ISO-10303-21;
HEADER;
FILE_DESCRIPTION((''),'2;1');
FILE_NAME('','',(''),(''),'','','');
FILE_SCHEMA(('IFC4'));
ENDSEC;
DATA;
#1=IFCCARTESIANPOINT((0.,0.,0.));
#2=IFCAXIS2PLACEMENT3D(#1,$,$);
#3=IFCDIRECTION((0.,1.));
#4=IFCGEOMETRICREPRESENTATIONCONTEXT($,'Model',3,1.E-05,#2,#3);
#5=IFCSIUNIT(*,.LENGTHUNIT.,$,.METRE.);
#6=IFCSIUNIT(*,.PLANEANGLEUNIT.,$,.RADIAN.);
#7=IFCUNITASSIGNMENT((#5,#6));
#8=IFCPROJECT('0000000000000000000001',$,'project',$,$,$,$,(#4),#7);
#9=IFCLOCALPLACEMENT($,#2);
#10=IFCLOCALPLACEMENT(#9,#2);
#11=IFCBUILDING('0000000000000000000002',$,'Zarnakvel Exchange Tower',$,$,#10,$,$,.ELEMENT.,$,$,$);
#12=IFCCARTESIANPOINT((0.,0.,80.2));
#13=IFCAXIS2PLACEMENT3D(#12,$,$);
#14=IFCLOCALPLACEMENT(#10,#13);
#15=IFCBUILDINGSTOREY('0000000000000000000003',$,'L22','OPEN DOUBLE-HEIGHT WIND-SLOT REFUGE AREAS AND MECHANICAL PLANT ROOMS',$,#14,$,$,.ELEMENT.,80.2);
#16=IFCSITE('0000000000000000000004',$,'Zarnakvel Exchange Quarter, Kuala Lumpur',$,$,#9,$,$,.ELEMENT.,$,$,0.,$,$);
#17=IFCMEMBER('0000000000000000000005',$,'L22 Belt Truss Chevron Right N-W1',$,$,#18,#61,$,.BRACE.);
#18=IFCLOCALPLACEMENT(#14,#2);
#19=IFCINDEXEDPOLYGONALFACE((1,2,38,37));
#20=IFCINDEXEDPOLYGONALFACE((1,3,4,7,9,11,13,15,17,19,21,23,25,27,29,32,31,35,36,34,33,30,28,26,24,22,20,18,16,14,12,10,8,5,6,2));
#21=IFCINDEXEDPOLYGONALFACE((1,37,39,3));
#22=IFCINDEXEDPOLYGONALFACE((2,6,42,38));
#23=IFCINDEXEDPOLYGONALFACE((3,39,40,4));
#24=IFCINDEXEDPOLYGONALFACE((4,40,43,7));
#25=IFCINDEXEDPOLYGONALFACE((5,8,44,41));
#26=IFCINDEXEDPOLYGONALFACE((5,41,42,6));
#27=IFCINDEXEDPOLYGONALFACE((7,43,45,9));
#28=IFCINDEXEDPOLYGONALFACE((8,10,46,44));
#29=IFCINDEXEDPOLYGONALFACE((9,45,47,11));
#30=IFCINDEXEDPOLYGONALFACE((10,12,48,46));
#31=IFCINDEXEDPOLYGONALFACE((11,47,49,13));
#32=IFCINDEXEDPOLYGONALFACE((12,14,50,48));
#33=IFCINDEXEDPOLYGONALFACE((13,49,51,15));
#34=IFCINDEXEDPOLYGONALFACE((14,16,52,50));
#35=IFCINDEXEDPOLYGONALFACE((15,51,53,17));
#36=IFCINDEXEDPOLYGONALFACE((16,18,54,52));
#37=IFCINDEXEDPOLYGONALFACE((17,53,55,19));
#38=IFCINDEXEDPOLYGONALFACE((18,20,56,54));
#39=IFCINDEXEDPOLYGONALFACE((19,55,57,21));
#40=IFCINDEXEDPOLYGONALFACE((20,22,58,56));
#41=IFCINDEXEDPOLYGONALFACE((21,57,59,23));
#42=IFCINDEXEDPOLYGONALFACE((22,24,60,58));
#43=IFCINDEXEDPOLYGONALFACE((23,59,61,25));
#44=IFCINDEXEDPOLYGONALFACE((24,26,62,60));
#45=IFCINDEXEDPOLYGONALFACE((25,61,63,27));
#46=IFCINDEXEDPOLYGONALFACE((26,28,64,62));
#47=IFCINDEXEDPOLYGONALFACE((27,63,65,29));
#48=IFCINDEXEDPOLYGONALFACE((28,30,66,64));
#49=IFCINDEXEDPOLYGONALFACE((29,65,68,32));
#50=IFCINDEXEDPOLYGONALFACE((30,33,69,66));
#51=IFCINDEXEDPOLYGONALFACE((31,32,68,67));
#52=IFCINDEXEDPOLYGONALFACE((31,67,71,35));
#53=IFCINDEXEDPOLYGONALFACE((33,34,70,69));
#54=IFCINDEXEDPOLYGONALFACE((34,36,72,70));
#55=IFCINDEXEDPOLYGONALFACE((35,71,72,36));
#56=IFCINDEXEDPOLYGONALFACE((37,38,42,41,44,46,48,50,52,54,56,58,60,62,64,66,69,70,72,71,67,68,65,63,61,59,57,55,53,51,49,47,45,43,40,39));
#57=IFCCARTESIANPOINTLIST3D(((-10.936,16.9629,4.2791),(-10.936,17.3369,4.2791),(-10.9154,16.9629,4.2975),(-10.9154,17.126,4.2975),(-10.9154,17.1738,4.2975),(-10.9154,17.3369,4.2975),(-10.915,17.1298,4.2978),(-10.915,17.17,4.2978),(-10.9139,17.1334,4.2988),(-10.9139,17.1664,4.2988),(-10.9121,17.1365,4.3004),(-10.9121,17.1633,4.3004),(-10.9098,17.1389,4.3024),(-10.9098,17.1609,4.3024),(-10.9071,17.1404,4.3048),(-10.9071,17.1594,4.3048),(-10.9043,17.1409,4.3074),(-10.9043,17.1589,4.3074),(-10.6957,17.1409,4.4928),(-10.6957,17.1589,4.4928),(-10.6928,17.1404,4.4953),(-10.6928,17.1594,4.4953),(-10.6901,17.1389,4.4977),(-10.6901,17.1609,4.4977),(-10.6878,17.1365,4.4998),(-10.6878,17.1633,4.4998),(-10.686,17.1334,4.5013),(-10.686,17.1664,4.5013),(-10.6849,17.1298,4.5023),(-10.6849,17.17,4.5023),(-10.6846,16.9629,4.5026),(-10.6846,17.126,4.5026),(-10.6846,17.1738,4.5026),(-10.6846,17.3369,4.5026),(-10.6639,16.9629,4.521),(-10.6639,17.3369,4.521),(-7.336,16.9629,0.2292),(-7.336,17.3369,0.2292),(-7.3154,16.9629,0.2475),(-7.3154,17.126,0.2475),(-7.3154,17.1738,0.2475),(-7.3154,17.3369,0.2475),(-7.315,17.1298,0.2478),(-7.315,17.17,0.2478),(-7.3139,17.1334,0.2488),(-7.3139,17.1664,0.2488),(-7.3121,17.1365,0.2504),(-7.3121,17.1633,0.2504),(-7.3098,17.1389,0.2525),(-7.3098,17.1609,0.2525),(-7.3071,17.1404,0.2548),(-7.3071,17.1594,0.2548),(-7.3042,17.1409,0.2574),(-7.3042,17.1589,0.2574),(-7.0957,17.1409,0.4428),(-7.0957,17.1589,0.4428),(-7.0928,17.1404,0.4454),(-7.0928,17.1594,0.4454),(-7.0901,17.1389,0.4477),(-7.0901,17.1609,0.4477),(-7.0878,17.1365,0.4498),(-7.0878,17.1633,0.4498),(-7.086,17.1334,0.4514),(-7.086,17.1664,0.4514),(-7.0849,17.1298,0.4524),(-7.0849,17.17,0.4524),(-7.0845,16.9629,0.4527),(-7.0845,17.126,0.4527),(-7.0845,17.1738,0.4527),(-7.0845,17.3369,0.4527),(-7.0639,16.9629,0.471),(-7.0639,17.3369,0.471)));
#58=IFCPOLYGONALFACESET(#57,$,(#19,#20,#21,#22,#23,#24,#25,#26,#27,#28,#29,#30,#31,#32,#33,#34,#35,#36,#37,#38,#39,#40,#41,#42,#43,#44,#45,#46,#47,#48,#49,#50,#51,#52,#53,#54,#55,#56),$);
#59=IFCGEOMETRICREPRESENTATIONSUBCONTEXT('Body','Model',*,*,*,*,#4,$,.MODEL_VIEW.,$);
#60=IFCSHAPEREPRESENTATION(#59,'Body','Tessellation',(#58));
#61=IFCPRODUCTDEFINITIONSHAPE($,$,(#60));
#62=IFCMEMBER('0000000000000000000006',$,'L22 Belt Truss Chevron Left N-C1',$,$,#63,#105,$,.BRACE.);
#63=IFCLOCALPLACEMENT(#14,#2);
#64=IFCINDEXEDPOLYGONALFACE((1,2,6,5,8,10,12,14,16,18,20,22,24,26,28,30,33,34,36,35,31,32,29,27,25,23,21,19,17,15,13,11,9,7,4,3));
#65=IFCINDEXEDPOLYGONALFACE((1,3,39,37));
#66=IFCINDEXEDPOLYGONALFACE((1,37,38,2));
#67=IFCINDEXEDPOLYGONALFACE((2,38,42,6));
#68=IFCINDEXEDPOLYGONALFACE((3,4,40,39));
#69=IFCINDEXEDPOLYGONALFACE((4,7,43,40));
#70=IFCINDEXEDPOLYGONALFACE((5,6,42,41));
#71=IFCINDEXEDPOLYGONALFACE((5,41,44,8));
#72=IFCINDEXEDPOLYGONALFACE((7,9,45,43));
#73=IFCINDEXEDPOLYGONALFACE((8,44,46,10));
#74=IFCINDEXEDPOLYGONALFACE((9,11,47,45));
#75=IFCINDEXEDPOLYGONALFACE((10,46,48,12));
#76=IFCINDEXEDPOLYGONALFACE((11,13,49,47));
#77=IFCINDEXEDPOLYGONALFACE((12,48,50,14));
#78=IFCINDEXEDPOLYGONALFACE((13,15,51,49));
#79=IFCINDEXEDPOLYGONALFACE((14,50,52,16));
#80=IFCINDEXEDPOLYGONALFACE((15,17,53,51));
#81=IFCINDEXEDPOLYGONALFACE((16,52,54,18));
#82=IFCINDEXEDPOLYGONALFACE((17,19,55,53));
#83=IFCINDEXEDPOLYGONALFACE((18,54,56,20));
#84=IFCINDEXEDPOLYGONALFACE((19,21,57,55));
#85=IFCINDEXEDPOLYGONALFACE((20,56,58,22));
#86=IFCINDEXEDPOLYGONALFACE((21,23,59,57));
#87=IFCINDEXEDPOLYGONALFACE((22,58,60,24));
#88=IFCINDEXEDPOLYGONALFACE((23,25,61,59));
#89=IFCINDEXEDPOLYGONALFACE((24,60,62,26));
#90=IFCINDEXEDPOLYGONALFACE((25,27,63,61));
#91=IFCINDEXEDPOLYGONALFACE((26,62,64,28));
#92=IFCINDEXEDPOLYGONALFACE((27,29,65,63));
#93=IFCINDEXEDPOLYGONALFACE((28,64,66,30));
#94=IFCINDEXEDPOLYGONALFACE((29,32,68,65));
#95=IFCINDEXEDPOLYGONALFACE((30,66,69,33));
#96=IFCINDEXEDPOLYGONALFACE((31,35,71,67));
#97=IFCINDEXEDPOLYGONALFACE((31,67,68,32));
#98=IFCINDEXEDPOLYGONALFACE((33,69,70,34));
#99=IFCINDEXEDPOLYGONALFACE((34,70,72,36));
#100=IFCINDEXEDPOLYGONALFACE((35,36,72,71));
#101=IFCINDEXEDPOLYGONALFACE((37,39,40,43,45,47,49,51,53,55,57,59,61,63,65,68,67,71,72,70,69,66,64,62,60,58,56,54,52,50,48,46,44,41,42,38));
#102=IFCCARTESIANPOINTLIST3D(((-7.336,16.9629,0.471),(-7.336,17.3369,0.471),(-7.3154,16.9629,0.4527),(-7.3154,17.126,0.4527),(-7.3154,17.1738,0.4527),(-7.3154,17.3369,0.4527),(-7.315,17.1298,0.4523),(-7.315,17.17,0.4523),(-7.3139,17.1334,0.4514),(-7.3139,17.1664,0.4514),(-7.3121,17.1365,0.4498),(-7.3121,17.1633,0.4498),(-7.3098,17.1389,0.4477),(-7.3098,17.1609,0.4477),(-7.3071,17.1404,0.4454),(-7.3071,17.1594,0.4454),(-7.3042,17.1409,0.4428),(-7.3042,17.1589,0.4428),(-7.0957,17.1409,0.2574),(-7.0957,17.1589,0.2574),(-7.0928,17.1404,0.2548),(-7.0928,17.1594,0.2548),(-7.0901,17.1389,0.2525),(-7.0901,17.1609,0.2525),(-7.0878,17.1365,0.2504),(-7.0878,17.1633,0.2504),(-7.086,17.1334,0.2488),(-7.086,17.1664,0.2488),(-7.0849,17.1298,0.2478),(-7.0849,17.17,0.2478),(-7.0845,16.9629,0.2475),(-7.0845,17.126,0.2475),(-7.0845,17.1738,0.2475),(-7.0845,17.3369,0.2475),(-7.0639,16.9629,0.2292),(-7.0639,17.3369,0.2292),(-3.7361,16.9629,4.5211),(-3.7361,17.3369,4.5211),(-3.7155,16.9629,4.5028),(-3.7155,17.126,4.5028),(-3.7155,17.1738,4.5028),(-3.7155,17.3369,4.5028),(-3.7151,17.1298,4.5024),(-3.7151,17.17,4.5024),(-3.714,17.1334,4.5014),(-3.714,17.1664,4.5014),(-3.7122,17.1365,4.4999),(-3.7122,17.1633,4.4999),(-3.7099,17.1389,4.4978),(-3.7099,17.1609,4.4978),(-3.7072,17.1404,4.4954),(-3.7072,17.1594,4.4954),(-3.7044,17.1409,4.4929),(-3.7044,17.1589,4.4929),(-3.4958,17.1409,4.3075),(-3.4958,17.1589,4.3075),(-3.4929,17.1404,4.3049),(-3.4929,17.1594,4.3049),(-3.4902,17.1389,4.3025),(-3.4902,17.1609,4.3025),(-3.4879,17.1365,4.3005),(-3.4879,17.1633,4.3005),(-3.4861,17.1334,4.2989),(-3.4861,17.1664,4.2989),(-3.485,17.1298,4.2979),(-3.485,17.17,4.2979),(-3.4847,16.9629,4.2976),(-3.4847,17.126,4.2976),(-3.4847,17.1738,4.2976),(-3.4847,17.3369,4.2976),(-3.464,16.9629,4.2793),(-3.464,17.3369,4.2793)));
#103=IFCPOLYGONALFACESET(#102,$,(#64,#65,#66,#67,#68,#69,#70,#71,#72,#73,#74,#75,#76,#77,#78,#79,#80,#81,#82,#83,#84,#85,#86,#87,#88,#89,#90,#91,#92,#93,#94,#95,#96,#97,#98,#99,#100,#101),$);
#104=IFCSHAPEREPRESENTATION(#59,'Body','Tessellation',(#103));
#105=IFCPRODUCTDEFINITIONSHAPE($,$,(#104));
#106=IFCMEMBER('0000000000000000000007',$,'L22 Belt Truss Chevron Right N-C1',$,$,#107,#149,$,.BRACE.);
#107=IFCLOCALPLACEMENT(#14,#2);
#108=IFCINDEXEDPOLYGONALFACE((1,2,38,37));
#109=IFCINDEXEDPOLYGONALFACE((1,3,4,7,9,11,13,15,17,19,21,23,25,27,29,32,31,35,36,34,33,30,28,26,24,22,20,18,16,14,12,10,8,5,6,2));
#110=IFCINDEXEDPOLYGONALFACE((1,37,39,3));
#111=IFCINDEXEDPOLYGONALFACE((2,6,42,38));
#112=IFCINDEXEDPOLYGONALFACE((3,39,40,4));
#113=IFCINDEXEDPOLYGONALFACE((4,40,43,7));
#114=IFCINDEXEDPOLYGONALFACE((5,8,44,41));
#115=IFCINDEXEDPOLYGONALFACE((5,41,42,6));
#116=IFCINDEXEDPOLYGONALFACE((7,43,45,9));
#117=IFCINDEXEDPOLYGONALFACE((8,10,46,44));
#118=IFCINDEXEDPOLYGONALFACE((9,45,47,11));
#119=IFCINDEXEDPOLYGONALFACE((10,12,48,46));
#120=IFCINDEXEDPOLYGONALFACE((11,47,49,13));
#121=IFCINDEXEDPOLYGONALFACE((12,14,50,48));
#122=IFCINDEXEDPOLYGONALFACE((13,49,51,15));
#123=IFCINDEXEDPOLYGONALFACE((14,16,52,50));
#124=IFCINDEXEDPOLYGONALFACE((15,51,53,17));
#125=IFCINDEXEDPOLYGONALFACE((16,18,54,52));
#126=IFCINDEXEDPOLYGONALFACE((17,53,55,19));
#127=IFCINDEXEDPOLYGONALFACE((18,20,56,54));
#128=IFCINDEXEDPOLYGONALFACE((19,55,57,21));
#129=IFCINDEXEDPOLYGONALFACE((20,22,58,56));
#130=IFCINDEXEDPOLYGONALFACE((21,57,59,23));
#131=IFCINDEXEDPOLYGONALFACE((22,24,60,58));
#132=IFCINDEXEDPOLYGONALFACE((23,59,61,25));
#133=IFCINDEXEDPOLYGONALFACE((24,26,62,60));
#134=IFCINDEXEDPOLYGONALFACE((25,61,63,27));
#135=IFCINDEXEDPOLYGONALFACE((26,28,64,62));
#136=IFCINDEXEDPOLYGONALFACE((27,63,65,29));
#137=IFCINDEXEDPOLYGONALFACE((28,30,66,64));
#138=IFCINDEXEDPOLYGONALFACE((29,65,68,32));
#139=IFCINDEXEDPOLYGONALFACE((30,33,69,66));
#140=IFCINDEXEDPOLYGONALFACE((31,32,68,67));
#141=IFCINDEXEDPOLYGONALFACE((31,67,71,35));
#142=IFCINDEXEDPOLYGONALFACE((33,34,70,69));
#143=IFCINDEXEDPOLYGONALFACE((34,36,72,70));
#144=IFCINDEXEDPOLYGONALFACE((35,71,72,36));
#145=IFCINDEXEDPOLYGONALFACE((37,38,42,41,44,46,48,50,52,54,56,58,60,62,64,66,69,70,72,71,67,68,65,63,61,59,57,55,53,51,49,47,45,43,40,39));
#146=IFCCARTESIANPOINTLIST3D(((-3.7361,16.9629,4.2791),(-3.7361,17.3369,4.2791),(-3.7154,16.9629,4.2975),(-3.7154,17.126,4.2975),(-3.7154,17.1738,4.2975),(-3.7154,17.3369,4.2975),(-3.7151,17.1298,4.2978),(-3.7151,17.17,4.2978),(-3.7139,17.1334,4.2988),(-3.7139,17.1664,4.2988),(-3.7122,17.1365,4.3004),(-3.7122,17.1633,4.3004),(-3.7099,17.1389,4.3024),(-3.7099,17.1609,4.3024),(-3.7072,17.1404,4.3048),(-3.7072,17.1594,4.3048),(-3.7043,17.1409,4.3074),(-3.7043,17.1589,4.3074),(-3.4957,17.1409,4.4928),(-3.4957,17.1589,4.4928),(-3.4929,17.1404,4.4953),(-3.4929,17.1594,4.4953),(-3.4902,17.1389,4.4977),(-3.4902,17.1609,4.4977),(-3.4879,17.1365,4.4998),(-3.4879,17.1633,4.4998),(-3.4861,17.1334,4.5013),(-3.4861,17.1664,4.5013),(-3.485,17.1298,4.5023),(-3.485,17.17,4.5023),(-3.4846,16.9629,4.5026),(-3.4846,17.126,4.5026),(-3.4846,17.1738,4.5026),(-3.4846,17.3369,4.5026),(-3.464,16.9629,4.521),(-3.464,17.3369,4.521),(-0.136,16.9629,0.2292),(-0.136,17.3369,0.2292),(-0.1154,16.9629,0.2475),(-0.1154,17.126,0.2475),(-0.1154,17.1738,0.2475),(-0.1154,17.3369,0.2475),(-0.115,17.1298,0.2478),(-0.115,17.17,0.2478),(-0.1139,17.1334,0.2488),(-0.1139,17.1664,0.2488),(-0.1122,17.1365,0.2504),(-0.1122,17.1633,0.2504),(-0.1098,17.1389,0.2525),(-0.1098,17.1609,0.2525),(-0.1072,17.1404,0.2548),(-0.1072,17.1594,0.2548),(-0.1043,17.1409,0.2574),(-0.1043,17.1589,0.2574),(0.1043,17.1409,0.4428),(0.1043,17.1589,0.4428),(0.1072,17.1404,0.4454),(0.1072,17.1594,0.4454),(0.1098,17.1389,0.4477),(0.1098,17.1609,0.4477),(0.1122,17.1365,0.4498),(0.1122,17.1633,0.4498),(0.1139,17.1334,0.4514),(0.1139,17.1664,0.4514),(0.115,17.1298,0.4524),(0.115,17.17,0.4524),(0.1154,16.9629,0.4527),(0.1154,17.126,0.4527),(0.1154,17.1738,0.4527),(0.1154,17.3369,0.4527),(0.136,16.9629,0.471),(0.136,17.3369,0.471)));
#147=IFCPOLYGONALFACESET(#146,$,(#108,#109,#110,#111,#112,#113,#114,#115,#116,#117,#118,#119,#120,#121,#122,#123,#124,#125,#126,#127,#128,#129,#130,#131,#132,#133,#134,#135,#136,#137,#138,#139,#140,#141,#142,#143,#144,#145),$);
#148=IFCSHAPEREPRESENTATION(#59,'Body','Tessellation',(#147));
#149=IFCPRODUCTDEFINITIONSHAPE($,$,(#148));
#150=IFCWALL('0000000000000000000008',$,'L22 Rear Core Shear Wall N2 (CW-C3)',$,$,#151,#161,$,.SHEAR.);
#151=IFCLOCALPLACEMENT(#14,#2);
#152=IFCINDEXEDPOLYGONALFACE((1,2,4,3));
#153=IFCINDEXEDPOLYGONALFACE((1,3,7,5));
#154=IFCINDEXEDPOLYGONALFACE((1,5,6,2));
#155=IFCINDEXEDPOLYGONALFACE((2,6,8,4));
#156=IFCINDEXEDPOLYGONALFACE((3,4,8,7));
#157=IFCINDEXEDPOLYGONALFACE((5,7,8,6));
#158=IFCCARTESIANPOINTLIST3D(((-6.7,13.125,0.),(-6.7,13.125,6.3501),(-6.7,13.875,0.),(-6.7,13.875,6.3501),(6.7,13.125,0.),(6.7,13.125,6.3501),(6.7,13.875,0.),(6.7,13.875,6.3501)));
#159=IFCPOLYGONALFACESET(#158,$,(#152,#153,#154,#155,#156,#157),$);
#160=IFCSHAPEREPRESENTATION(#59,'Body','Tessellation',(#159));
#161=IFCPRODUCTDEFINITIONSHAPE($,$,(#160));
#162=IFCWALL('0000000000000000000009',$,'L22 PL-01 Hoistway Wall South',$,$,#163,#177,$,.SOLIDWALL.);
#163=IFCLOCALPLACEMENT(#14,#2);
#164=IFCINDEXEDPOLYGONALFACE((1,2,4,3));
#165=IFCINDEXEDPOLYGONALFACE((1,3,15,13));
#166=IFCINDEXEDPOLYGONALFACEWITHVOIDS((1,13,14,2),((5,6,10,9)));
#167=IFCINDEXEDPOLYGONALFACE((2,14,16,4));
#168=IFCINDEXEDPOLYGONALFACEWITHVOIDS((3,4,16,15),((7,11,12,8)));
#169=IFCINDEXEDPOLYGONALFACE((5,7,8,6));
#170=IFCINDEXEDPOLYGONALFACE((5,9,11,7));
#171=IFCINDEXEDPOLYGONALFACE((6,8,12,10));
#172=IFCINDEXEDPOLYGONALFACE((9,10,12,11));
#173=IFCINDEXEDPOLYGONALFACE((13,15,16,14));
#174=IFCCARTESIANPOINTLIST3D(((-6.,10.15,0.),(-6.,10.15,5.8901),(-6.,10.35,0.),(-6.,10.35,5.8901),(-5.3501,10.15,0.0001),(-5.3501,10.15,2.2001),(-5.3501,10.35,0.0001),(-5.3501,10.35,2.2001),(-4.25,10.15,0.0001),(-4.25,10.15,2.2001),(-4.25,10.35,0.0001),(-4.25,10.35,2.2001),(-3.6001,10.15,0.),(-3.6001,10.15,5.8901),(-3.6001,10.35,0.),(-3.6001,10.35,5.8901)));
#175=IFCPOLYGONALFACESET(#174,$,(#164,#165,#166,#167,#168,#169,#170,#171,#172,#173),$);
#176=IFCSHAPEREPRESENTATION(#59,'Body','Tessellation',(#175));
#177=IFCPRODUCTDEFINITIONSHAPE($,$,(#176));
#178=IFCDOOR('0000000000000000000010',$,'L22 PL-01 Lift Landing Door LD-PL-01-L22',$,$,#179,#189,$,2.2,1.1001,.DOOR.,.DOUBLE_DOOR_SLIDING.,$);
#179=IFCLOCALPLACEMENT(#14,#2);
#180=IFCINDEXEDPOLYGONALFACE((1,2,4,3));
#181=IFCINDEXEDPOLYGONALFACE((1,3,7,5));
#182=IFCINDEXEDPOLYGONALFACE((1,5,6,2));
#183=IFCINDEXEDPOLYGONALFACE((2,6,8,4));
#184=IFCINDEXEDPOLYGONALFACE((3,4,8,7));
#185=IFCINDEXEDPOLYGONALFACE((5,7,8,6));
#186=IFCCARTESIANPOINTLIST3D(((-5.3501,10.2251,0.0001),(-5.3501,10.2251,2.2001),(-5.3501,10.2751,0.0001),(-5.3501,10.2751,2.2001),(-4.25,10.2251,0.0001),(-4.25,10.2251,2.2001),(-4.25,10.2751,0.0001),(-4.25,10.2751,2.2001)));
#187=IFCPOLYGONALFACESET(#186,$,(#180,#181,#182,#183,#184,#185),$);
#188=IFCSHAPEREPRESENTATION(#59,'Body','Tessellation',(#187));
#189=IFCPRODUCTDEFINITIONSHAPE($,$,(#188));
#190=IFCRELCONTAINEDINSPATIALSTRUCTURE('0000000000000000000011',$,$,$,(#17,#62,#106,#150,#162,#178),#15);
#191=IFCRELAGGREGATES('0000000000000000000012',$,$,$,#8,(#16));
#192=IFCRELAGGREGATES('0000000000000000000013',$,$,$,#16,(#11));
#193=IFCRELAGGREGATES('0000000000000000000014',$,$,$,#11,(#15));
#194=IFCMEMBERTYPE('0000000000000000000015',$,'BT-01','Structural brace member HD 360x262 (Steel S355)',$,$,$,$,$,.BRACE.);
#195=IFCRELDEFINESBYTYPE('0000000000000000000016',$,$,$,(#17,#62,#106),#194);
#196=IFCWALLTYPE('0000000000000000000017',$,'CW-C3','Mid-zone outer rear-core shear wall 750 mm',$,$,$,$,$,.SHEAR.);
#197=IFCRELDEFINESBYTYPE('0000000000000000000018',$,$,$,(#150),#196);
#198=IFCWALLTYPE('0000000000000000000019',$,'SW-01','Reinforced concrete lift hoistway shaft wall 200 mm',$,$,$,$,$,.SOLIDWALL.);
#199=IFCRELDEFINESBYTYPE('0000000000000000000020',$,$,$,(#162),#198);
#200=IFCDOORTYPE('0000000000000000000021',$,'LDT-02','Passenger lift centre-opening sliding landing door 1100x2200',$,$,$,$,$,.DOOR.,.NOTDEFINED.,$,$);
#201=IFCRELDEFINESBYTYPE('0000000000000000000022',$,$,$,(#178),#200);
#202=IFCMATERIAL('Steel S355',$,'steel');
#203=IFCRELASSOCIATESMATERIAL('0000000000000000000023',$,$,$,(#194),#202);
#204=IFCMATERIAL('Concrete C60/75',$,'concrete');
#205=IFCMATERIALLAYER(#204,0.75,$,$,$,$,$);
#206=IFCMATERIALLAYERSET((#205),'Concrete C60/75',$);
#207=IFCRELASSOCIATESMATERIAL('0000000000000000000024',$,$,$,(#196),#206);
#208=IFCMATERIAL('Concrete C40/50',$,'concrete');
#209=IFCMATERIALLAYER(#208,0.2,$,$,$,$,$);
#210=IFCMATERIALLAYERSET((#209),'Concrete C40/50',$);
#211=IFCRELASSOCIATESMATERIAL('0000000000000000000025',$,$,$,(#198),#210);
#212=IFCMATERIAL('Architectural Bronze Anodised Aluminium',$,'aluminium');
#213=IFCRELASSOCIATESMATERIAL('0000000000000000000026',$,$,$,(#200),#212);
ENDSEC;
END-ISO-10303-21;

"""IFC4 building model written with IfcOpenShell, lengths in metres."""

from ifc_helpers import new_model, si_unit, direction, frame, frame_2d, origin, origin_2d, place, context, subcontext, project, spatial, rectangle, i_section, extrude, source, transform, mapped, material, layer, layer_set, material_profile, profile_set, type_object, element, fill, save


model = new_model("IFC4")

# Units and contexts
model_context = context("Model", 3, precision=1e-05, world=origin(), true_north=direction((0.0, 1.0)))
body_context = subcontext(model_context, "Body", "Model", "MODEL_VIEW")
ifc_project = project(units=[si_unit("LENGTHUNIT", "METRE"), si_unit("PLANEANGLEUNIT", "RADIAN")], contexts=[model_context])

# Site, building, storey
site_placement = place(None, origin())
site = spatial("IfcSite", under=ifc_project, at=site_placement, Name="Zarnakvel Exchange Quarter, Kuala Lumpur", CompositionType="ELEMENT", RefElevation=0.0)
building_placement = place(site_placement, origin())
building = spatial("IfcBuilding", under=site, at=building_placement, Name="Zarnakvel Exchange Tower", CompositionType="ELEMENT")
storey_placement = place(building_placement, frame((0.0, 0.0, 80.2)))
storey = spatial("IfcBuildingStorey", under=building, at=storey_placement, Name="L22", Description="OPEN DOUBLE-HEIGHT WIND-SLOT REFUGE AREAS AND MECHANICAL PLANT ROOMS", CompositionType="ELEMENT", Elevation=80.2)

# Shared definitions
ifc_material_1 = material(Name="Concrete C60/75", Category="concrete")

# Shared definitions
ifc_material_2 = material(Name="Steel S355", Category="steel")

# Members
ifc_material_profile_1 = material_profile(ifc_material_2, i_section(OverallWidth=0.374, OverallDepth=0.364, WebThickness=0.0181, FlangeThickness=0.0276, FilletRadius=0.0149, at=origin_2d()))
ifc_profile_set_1 = profile_set([ifc_material_profile_1], Name="Steel S355")
member_type_1 = type_object("IfcMemberType", Name="BT-01", Description="Structural brace member HD 360x262 (Steel S355)", PredefinedType="BRACE", material=ifc_profile_set_1)
shared_shape_1 = source(origin(), body_context, "Body", "SweptSolid", [
    extrude(i_section(OverallWidth=0.374, OverallDepth=0.364, WebThickness=0.0181, FlangeThickness=0.0276, FilletRadius=0.0149, at=origin_2d()), origin(), (0.0, 0.0, 1.0), 5.4187),
])
for number, where, z_axis, x_axis, name in (
    (1, (-7.2, 17.1499, 0.3501), (-0.664369, 0.0, 0.747404), (0.0, -1.0, 0.0), "L22 Belt Truss Chevron Right N-W1"),
    (2, (-7.2, 17.1499, 0.3501), (0.664344, 0.0, 0.747427), (0.0, 1.0, 0.0), "L22 Belt Truss Chevron Left N-C1"),
    (3, (0.0, 17.1499, 0.3501), (-0.664369, 0.0, 0.747404), (0.0, -1.0, 0.0), "L22 Belt Truss Chevron Right N-C1"),
):
    element("IfcMember", number, at=place(storey_placement, frame(where, z_axis=z_axis, x_axis=x_axis)), inside=storey, type_object=member_type_1, Name=name, PredefinedType="BRACE", context=body_context, shape_type="MappedRepresentation", body=[
        mapped(shared_shape_1, transform((0.0, 0.0, 0.0), x_axis=(1.0, 0.0, 0.0), y_axis=(0.0, 1.0, 0.0), z_axis=(0.0, 0.0, 1.0), scale=1.0)),
    ])

# Wall
ifc_layer_1 = layer(ifc_material_1, 0.75)
ifc_layer_set_1 = layer_set([ifc_layer_1], Name="Concrete C60/75")
wall_type_1 = type_object("IfcWallType", Name="CW-C3", Description="Mid-zone outer rear-core shear wall 750 mm", PredefinedType="SHEAR", material=ifc_layer_set_1)
wall_1_placement = place(storey_placement, frame((-6.7, 13.5, 0.0), z_axis=(0.0, 0.0, 1.0), x_axis=(1.0, 0.0, 0.0)))
element("IfcWall", 4, at=wall_1_placement, inside=storey, type_object=wall_type_1, Name="L22 Rear Core Shear Wall N2 (CW-C3)", PredefinedType="SHEAR", context=body_context, shape_type="SweptSolid", body=[
    extrude(rectangle(XDim=13.3999, YDim=0.75, at=frame_2d((6.7, 0.0))), origin(), (0.0, 0.0, 1.0), 6.3501),
])

# Wall, opening, door
ifc_material_3 = material(Name="Concrete C40/50", Category="concrete")
ifc_layer_2 = layer(ifc_material_3, 0.2)
ifc_layer_set_2 = layer_set([ifc_layer_2], Name="Concrete C40/50")
wall_type_2 = type_object("IfcWallType", Name="SW-01", Description="Reinforced concrete lift hoistway shaft wall 200 mm", PredefinedType="SOLIDWALL", material=ifc_layer_set_2)
wall_2_placement = place(storey_placement, frame((-3.6001, 10.25, 0.0), z_axis=(0.0, 0.0, 1.0), x_axis=(-1.0, 0.0, 0.0)))
wall_2 = element("IfcWall", 5, at=wall_2_placement, inside=storey, type_object=wall_type_2, Name="L22 PL-01 Hoistway Wall South", PredefinedType="SOLIDWALL", context=body_context, shape_type="SweptSolid", body=[
    extrude(rectangle(XDim=2.3999, YDim=0.2, at=frame_2d((1.2, 0.0))), origin(), (0.0, 0.0, 1.0), 5.8901),
])
opening_1_placement = place(wall_2_placement, frame((0.6499, 0.0, 0.0)))
opening_1 = element("IfcOpeningElement", 6, at=opening_1_placement, cuts=wall_2, PredefinedType="OPENING", context=body_context, shape_type="SweptSolid", body=[
    extrude(rectangle(XDim=1.1001, YDim=2.2, at=frame_2d((0.55, 1.1001))), frame((0.0, 0.1099, 0.0), z_axis=(0.0, -1.0, 0.0), x_axis=(1.0, 0.0, 0.0)), (0.0, 0.0, 1.0), 0.22),
])
ifc_material_4 = material(Name="Architectural Bronze Anodised Aluminium", Category="aluminium")
door_type = type_object("IfcDoorType", Name="LDT-02", Description="Passenger lift centre-opening sliding landing door 1100x2200", OperationType="NOTDEFINED", PredefinedType="DOOR", material=ifc_material_4)
shared_shape_2 = source(origin(), body_context, "Body", "SweptSolid", [
    extrude(rectangle(XDim=1.1001, YDim=2.2, at=frame_2d((0.55, 1.1001))), frame((0.0, 0.0249, 0.0), z_axis=(0.0, -1.0, 0.0), x_axis=(1.0, 0.0, 0.0)), (0.0, 0.0, 1.0), 0.05),
])
door_1_placement = place(opening_1_placement, origin())
door_1 = element("IfcDoor", 7, at=door_1_placement, inside=storey, type_object=door_type, Name="L22 PL-01 Lift Landing Door LD-PL-01-L22", OperationType="DOUBLE_DOOR_SLIDING", OverallHeight=2.2, OverallWidth=1.1001, PredefinedType="DOOR", context=body_context, shape_type="MappedRepresentation", body=[
    mapped(shared_shape_2, transform((0.0, 0.0, 0.0), x_axis=(1.0, 0.0, 0.0), y_axis=(0.0, 1.0, 0.0), z_axis=(0.0, 0.0, 1.0), scale=1.0)),
])
fill(opening_1, door_1)

save(model, "model.ifc")
